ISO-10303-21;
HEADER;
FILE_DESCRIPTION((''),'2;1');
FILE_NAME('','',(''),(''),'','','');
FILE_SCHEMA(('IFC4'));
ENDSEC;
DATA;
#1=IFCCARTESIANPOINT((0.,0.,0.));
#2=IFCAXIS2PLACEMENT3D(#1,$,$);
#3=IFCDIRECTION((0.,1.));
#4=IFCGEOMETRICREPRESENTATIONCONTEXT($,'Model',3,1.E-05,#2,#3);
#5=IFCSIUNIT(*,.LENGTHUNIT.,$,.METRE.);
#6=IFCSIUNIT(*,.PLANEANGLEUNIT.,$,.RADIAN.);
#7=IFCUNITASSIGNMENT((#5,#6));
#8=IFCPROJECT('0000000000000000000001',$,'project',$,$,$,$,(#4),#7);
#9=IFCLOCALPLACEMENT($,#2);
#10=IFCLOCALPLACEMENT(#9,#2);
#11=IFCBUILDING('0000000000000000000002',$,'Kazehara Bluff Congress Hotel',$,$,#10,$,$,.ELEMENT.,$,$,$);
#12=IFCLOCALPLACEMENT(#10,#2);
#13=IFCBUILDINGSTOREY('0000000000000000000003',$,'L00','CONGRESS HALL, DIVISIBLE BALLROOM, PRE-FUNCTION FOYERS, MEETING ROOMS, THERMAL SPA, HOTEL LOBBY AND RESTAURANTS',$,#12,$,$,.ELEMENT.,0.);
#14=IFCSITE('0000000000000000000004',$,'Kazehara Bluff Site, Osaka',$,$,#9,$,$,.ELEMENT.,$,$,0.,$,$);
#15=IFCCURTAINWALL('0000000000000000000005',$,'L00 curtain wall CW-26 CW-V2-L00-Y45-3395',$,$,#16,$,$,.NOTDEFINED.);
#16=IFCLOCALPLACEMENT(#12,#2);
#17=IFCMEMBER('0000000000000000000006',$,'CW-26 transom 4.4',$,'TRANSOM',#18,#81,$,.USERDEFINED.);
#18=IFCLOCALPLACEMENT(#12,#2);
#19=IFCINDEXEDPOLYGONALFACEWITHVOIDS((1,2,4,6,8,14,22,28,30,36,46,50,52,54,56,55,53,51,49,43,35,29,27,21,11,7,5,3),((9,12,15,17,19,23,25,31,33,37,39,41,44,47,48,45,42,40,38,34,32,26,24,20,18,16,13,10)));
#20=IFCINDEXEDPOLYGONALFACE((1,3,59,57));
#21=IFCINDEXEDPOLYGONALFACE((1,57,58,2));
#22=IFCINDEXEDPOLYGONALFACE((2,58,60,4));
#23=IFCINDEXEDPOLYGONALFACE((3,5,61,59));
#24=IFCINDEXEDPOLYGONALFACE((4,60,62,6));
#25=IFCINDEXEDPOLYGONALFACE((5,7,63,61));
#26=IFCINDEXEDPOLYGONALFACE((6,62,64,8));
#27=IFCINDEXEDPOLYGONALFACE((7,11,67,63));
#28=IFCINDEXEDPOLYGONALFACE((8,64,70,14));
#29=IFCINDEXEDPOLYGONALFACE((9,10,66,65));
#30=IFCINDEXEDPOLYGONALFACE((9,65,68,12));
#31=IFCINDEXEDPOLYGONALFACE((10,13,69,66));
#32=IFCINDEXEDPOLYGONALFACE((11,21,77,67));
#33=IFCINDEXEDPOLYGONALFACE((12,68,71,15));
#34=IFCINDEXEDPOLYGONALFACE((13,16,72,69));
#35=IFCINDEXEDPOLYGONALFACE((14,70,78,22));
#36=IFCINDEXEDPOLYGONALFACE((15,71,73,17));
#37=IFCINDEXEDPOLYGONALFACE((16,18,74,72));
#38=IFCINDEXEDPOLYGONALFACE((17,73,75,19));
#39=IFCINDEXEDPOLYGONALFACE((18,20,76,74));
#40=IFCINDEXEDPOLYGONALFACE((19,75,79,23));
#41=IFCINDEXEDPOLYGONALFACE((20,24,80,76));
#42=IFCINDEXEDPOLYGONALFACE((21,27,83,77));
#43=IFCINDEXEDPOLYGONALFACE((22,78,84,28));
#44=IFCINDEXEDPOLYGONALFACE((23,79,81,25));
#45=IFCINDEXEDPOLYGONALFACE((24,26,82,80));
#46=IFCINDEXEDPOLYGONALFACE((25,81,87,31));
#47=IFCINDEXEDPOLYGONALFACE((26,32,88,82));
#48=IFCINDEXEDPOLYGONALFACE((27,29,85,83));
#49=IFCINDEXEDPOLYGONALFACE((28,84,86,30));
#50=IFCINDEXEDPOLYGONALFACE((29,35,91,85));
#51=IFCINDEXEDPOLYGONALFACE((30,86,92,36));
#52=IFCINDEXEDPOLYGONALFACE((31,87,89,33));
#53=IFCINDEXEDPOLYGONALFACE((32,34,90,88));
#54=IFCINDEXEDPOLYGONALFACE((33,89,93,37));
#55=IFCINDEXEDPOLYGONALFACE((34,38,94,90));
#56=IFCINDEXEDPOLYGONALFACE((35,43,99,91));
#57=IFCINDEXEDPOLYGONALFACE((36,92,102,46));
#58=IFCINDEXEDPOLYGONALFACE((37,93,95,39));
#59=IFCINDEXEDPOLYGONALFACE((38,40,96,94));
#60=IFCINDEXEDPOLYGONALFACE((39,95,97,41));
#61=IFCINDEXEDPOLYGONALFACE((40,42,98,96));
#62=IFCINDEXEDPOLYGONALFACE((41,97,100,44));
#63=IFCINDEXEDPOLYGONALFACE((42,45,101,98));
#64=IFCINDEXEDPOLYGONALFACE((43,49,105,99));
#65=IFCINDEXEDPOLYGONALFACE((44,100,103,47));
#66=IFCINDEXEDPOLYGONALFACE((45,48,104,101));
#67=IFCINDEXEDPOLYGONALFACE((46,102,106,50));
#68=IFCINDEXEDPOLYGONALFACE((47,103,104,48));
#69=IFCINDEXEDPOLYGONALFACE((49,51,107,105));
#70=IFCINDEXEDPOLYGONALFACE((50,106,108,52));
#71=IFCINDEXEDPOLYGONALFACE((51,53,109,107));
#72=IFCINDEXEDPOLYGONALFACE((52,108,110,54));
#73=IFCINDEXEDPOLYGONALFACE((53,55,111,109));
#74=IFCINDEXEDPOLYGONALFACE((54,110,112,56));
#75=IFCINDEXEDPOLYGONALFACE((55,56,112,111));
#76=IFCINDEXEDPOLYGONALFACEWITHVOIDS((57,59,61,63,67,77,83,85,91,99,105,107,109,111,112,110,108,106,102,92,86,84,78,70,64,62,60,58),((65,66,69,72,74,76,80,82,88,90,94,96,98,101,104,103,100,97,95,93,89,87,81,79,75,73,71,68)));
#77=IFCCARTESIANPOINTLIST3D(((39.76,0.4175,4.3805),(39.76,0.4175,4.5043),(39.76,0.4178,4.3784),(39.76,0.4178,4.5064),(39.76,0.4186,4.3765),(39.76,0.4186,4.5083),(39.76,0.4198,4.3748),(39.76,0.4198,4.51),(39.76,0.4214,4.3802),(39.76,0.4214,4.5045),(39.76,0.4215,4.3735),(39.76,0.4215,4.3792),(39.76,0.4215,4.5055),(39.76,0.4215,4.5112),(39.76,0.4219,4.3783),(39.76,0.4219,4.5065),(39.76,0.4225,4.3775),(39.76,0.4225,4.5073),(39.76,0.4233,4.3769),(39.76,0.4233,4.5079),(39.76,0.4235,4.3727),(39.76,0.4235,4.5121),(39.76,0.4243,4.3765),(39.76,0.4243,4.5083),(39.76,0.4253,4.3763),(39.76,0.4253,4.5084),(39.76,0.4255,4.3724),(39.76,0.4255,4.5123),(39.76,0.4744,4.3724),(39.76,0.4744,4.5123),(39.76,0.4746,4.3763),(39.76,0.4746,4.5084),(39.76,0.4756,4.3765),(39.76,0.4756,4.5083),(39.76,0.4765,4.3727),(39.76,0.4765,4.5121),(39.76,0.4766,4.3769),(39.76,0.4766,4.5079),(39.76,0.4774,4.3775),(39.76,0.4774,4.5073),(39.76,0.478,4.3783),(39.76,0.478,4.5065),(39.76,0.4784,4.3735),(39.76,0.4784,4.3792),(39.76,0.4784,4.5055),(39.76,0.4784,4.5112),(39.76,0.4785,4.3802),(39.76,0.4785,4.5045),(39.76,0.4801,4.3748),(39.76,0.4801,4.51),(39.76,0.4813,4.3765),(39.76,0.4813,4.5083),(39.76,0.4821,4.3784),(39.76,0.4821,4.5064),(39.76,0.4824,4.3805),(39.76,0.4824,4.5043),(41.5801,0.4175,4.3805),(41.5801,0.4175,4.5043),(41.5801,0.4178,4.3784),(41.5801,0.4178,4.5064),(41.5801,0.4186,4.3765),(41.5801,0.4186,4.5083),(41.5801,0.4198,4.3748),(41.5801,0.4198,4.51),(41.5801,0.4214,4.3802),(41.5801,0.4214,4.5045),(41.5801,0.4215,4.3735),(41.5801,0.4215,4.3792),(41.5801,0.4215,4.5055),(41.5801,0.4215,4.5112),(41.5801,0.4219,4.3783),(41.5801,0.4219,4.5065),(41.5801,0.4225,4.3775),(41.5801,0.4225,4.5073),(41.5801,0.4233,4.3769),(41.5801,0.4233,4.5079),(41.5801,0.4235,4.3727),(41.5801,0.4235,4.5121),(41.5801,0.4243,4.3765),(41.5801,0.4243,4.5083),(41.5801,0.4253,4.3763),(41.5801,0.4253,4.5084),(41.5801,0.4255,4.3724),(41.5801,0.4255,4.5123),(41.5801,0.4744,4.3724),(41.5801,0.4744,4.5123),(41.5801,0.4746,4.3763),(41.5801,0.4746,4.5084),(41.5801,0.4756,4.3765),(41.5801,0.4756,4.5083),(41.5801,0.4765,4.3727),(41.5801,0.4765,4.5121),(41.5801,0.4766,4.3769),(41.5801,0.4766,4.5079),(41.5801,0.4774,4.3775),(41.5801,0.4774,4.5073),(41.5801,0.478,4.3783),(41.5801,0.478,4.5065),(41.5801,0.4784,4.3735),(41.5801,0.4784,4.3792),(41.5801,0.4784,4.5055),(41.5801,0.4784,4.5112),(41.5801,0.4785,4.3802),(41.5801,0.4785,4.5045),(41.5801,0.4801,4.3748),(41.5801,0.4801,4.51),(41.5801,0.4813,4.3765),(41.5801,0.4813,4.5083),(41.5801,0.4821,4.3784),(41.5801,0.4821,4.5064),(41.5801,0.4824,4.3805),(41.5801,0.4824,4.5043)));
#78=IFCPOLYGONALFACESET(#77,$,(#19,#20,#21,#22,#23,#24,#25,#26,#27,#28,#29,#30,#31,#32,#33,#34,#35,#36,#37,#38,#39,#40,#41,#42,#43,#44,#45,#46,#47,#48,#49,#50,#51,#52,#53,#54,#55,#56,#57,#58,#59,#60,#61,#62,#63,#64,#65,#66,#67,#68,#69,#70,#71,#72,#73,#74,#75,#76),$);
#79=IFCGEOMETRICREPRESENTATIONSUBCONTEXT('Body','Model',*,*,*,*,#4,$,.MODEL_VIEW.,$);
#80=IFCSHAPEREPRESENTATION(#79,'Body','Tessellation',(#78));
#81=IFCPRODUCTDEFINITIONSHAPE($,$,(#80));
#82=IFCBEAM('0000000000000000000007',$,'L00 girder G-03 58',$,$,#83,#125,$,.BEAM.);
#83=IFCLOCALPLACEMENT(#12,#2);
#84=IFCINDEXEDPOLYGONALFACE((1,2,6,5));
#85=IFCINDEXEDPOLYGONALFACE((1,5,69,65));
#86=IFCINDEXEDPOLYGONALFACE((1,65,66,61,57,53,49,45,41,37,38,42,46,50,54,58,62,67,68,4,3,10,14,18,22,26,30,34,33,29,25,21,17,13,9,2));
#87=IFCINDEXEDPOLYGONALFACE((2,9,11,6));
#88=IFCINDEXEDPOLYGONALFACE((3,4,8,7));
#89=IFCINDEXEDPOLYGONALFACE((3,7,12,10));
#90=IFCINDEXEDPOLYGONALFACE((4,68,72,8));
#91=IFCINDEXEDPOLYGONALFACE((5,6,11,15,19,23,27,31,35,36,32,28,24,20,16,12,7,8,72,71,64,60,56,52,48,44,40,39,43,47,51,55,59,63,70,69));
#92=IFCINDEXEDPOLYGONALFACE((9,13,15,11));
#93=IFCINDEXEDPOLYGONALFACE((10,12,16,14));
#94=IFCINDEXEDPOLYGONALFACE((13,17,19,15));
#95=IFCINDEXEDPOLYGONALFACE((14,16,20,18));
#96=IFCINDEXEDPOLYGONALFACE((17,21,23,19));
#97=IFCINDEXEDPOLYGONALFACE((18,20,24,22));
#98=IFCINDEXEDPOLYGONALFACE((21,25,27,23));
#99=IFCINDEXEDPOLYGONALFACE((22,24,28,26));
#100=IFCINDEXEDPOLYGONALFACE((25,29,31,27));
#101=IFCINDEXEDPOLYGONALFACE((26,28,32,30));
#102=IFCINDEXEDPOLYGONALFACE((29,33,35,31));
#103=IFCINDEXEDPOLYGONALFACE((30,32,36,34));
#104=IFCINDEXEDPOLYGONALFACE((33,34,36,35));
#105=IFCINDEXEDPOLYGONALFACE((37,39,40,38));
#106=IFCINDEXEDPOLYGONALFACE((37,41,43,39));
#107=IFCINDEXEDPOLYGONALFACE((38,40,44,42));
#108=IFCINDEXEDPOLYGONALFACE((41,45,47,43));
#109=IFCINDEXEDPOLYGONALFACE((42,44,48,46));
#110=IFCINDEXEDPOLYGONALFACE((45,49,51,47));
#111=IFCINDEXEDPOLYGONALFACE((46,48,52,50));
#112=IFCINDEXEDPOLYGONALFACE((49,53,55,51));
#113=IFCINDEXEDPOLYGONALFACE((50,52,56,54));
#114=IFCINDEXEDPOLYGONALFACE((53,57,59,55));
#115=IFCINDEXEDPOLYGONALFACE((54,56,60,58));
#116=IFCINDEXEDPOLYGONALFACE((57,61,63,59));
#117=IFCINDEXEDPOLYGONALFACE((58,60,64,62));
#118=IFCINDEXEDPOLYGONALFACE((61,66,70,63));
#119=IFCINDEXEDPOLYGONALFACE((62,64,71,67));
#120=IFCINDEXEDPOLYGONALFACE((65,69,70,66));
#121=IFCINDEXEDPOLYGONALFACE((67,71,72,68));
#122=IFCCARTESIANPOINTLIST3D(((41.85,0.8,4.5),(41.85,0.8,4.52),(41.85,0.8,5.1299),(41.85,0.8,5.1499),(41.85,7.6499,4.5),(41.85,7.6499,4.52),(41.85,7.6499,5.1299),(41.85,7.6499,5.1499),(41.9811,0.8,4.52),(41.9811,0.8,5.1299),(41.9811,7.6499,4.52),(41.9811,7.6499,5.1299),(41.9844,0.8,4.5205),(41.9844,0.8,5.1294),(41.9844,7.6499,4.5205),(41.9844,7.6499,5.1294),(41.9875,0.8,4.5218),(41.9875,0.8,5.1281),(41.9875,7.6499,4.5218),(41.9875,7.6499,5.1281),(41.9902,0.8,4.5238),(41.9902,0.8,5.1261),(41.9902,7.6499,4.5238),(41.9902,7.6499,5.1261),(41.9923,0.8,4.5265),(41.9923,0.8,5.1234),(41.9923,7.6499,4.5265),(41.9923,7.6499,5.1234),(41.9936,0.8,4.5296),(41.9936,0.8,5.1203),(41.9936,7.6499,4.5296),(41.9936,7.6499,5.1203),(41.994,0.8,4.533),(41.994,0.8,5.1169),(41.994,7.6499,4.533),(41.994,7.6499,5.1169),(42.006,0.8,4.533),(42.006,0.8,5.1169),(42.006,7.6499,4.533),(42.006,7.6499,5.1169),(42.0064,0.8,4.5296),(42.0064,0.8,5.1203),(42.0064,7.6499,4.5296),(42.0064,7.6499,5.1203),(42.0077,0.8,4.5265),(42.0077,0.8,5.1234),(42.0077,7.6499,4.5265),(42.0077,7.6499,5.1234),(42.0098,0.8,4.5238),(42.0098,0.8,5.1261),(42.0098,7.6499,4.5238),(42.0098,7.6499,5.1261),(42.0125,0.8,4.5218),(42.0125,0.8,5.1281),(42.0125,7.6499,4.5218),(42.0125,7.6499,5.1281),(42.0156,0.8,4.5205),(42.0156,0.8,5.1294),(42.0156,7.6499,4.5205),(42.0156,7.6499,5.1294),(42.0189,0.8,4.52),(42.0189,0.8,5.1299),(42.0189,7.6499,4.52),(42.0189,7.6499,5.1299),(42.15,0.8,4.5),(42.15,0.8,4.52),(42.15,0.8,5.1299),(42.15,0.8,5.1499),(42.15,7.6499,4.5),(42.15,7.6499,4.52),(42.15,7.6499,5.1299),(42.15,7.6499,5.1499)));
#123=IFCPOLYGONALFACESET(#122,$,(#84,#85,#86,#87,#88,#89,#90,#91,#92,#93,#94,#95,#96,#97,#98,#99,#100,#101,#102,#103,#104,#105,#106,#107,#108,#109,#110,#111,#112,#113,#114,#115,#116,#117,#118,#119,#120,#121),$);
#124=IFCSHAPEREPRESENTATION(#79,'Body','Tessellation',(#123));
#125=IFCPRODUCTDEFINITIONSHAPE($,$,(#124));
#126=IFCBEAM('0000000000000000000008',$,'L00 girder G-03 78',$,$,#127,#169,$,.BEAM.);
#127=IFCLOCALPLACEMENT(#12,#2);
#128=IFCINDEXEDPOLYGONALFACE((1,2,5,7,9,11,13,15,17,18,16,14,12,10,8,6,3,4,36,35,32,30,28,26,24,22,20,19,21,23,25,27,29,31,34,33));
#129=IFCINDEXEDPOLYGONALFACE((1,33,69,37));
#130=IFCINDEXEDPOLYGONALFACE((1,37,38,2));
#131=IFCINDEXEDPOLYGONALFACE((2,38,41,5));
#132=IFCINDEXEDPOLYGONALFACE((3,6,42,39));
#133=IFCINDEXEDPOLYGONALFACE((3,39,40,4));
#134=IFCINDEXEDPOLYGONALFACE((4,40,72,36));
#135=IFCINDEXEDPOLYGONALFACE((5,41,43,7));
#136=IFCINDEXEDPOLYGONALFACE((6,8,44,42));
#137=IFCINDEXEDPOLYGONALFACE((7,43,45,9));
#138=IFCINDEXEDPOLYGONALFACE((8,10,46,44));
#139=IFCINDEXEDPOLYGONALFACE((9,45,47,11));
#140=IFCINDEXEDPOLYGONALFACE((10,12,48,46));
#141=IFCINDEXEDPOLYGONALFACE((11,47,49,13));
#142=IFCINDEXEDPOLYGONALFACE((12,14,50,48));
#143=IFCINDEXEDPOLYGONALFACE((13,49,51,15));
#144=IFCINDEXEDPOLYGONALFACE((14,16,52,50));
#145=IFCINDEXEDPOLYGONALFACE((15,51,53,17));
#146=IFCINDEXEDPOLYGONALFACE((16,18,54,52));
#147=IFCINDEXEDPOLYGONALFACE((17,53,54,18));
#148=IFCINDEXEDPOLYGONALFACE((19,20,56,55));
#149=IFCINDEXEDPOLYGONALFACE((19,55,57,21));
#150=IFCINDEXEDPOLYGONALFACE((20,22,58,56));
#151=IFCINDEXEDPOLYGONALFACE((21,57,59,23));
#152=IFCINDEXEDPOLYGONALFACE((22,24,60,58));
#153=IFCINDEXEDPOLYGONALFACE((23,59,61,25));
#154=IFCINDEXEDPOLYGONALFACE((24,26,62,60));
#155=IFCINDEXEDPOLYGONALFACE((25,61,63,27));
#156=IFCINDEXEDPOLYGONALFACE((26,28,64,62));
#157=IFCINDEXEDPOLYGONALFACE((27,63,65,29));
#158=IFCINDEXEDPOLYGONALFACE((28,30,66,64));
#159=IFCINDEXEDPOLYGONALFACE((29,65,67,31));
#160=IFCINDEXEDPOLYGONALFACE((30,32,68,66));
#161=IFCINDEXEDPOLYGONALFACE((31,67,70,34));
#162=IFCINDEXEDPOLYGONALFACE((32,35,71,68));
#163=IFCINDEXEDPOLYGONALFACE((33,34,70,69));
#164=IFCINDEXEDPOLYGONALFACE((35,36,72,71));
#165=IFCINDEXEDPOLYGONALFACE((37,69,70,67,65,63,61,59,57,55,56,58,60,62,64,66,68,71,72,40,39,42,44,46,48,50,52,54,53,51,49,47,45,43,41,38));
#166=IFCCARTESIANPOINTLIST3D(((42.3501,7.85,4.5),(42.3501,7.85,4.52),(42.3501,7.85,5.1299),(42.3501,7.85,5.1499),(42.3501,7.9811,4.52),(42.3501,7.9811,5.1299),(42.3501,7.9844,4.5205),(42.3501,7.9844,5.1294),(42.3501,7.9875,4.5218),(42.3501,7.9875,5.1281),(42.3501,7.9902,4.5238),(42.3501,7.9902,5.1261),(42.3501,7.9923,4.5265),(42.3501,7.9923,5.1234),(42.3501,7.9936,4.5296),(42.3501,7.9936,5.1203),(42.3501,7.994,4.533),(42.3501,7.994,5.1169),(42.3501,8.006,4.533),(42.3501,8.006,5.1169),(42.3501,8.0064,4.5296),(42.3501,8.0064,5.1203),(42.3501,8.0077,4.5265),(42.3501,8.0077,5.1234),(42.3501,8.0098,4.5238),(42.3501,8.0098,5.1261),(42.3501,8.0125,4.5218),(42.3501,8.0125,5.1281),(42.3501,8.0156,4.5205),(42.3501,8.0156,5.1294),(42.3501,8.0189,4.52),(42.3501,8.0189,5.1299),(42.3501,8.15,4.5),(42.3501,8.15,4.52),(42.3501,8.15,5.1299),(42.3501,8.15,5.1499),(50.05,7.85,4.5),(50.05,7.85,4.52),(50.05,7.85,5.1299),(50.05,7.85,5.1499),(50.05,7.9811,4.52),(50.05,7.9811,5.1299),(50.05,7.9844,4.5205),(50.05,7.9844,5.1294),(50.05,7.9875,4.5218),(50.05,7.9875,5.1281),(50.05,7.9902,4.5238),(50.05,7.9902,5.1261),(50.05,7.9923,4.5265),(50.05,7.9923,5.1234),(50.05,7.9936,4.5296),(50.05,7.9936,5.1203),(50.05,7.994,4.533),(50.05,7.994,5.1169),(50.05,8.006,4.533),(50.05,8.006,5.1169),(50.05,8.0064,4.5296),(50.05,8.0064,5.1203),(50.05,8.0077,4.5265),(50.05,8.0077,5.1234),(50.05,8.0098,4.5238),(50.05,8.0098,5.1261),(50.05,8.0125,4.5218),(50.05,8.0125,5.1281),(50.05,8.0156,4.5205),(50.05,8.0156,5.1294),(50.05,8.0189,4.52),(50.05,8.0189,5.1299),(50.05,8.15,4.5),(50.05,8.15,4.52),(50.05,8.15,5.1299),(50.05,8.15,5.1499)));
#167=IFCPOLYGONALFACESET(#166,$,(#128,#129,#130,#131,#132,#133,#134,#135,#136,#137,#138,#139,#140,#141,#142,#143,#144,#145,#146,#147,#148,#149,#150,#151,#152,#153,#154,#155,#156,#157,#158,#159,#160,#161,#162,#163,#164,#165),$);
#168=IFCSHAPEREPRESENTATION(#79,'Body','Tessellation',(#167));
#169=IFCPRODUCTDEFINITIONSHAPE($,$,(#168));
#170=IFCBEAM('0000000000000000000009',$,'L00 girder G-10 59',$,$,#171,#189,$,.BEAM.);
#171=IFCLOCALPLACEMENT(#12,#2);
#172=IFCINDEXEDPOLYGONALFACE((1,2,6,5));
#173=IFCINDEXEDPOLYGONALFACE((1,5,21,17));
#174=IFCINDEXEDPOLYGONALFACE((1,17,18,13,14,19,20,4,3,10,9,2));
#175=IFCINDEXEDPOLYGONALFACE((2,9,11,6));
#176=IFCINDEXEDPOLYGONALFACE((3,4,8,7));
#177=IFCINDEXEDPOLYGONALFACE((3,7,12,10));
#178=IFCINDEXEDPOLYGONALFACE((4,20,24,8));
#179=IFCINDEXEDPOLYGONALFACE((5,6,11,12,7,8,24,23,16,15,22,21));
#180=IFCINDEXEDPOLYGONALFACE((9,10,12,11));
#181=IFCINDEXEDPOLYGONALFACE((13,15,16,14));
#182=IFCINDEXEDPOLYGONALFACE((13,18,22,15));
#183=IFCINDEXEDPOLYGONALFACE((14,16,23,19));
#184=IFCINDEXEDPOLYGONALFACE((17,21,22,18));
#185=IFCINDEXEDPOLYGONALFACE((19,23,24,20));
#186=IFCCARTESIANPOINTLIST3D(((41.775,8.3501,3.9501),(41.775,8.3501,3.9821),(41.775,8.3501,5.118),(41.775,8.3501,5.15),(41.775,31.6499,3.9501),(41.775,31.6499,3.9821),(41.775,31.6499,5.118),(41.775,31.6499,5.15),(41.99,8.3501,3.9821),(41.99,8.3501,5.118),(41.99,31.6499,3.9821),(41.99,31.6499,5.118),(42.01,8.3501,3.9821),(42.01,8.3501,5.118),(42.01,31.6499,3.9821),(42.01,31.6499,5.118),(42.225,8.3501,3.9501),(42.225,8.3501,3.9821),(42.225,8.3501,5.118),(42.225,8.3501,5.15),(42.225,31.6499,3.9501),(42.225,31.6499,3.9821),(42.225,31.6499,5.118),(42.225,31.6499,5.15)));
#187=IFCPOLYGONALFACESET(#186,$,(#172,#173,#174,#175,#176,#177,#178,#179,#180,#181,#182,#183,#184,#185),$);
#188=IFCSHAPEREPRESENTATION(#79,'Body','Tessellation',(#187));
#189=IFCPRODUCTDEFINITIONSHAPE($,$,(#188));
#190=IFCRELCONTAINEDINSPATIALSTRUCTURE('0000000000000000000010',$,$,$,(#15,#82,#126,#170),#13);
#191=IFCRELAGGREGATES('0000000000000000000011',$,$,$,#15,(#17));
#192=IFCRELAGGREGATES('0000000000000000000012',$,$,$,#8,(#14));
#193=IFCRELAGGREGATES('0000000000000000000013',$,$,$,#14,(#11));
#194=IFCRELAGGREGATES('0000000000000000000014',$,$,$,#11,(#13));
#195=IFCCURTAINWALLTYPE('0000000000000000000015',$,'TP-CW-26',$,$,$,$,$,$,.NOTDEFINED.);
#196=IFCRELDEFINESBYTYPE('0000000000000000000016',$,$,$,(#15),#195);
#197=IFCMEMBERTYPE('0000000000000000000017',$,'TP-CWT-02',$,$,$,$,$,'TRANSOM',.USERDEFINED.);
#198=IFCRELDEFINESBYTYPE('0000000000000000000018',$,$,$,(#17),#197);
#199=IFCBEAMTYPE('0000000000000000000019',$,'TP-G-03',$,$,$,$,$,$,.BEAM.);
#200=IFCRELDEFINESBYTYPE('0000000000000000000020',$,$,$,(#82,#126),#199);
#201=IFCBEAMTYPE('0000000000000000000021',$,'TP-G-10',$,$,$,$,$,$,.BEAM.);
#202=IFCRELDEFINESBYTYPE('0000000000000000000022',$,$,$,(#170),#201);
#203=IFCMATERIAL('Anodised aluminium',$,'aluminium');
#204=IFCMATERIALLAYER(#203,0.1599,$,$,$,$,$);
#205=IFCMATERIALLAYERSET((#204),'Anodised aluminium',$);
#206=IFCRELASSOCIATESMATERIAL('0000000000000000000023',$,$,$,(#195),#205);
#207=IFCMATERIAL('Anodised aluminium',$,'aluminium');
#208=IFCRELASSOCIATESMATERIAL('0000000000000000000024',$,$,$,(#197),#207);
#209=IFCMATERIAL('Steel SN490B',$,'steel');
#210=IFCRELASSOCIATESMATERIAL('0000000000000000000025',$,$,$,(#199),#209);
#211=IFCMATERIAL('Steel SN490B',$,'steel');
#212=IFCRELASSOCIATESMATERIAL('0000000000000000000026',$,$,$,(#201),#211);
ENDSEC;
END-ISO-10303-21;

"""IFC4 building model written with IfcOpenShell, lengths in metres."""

from ifc_helpers import new_model, si_unit, direction, frame, origin, origin_2d, place, context, subcontext, project, spatial, hollow_rectangle, i_section, extrude, material, layer, layer_set, material_profile, profile_set, type_object, element, aggregate, save


model = new_model("IFC4")

# Units and contexts
model_context = context("Model", 3, precision=1e-05, world=origin(), true_north=direction((0.0, 1.0)))
body_context = subcontext(model_context, "Body", "Model", "MODEL_VIEW")
ifc_project = project(units=[si_unit("LENGTHUNIT", "METRE"), si_unit("PLANEANGLEUNIT", "RADIAN")], contexts=[model_context])

# Site, building, storey
site_placement = place(None, origin())
site = spatial("IfcSite", under=ifc_project, at=site_placement, Name="Kazehara Bluff Site, Osaka", CompositionType="ELEMENT", RefElevation=0.0)
building_placement = place(site_placement, origin())
building = spatial("IfcBuilding", under=site, at=building_placement, Name="Kazehara Bluff Congress Hotel", CompositionType="ELEMENT")
storey_placement = place(building_placement, origin())
storey = spatial("IfcBuildingStorey", under=building, at=storey_placement, Name="L00", Description="CONGRESS HALL, DIVISIBLE BALLROOM, PRE-FUNCTION FOYERS, MEETING ROOMS, THERMAL SPA, HOTEL LOBBY AND RESTAURANTS", CompositionType="ELEMENT", Elevation=0.0)

# Curtain wall, member
ifc_material_1 = material(Name="Anodised aluminium", Category="aluminium")
ifc_layer_1 = layer(ifc_material_1, 0.1599)
ifc_layer_set_1 = layer_set([ifc_layer_1], Name="Anodised aluminium")
curtain_wall_type = type_object("IfcCurtainWallType", Name="TP-CW-26", PredefinedType="NOTDEFINED", material=ifc_layer_set_1)
curtain_wall_placement = place(storey_placement, origin())
curtain_wall = element("IfcCurtainWall", 1, at=curtain_wall_placement, inside=storey, type_object=curtain_wall_type, Name="L00 curtain wall CW-26 CW-V2-L00-Y45-3395", PredefinedType="NOTDEFINED")
ifc_material_2 = material(Name="Anodised aluminium", Category="aluminium")
ifc_material_profile_1 = material_profile(ifc_material_2, hollow_rectangle(XDim=0.0649, YDim=0.1399, WallThickness=0.0039, InnerFilletRadius=0.0039, OuterFilletRadius=0.0081, at=origin_2d()))
ifc_profile_set_1 = profile_set([ifc_material_profile_1], Name="Anodised aluminium")
member_type_1 = type_object("IfcMemberType", Name="TP-CWT-02", ElementType="TRANSOM", PredefinedType="USERDEFINED", material=ifc_profile_set_1)
member_1_placement = place(storey_placement, frame((39.76, 0.45, 4.4424), z_axis=(1.0, 0.0, 0.0), x_axis=(0.0, 1.0, 0.0)))
member_1 = element("IfcMember", 2, at=member_1_placement, type_object=member_type_1, Name="CW-26 transom 4.4", ObjectType="TRANSOM", PredefinedType="USERDEFINED", context=body_context, shape_type="SweptSolid", body=[
    extrude(hollow_rectangle(XDim=0.0649, YDim=0.1399, WallThickness=0.0039, InnerFilletRadius=0.0039, OuterFilletRadius=0.0081, at=origin_2d()), origin(), (0.0, 0.0, 1.0), 1.8201),
])

# Beams
ifc_material_3 = material(Name="Steel SN490B", Category="steel")
ifc_material_profile_2 = material_profile(ifc_material_3, i_section(OverallWidth=0.3, OverallDepth=0.6499, WebThickness=0.012, FlangeThickness=0.02, FilletRadius=0.0129, at=origin_2d()))
ifc_profile_set_2 = profile_set([ifc_material_profile_2], Name="Steel SN490B")
beam_type_1 = type_object("IfcBeamType", Name="TP-G-03", PredefinedType="BEAM", material=ifc_profile_set_2)
beam_1_placement = place(storey_placement, frame((42.0, 0.8, 4.825), z_axis=(0.0, 1.0, 0.0), x_axis=(-1.0, 0.0, 0.0)))
element("IfcBeam", 3, at=beam_1_placement, inside=storey, type_object=beam_type_1, Name="L00 girder G-03 58", PredefinedType="BEAM", context=body_context, shape_type="SweptSolid", body=[
    extrude(i_section(OverallWidth=0.3, OverallDepth=0.6499, WebThickness=0.012, FlangeThickness=0.02, FilletRadius=0.0129, at=origin_2d()), origin(), (0.0, 0.0, 1.0), 6.8499),
])
beam_2_placement = place(storey_placement, frame((42.3501, 8.0, 4.825), z_axis=(1.0, 0.0, 0.0), x_axis=(0.0, 1.0, 0.0)))
element("IfcBeam", 4, at=beam_2_placement, inside=storey, type_object=beam_type_1, Name="L00 girder G-03 78", PredefinedType="BEAM", context=body_context, shape_type="SweptSolid", body=[
    extrude(i_section(OverallWidth=0.3, OverallDepth=0.6499, WebThickness=0.012, FlangeThickness=0.02, FilletRadius=0.0129, at=origin_2d()), origin(), (0.0, 0.0, 1.0), 7.7),
])
ifc_material_4 = material(Name="Steel SN490B", Category="steel")
ifc_material_profile_3 = material_profile(ifc_material_4, i_section(OverallWidth=0.45, OverallDepth=1.2, WebThickness=0.02, FlangeThickness=0.032, at=origin_2d()))
ifc_profile_set_3 = profile_set([ifc_material_profile_3], Name="Steel SN490B")
beam_type_2 = type_object("IfcBeamType", Name="TP-G-10", PredefinedType="BEAM", material=ifc_profile_set_3)
beam_3_placement = place(storey_placement, frame((42.0, 8.3501, 4.55), z_axis=(0.0, 1.0, 0.0), x_axis=(-1.0, 0.0, 0.0)))
element("IfcBeam", 5, at=beam_3_placement, inside=storey, type_object=beam_type_2, Name="L00 girder G-10 59", PredefinedType="BEAM", context=body_context, shape_type="SweptSolid", body=[
    extrude(i_section(OverallWidth=0.45, OverallDepth=1.2, WebThickness=0.02, FlangeThickness=0.032, at=origin_2d()), origin(), (0.0, 0.0, 1.0), 23.2998),
])

aggregate(curtain_wall, [member_1])

save(model, "model.ifc")
